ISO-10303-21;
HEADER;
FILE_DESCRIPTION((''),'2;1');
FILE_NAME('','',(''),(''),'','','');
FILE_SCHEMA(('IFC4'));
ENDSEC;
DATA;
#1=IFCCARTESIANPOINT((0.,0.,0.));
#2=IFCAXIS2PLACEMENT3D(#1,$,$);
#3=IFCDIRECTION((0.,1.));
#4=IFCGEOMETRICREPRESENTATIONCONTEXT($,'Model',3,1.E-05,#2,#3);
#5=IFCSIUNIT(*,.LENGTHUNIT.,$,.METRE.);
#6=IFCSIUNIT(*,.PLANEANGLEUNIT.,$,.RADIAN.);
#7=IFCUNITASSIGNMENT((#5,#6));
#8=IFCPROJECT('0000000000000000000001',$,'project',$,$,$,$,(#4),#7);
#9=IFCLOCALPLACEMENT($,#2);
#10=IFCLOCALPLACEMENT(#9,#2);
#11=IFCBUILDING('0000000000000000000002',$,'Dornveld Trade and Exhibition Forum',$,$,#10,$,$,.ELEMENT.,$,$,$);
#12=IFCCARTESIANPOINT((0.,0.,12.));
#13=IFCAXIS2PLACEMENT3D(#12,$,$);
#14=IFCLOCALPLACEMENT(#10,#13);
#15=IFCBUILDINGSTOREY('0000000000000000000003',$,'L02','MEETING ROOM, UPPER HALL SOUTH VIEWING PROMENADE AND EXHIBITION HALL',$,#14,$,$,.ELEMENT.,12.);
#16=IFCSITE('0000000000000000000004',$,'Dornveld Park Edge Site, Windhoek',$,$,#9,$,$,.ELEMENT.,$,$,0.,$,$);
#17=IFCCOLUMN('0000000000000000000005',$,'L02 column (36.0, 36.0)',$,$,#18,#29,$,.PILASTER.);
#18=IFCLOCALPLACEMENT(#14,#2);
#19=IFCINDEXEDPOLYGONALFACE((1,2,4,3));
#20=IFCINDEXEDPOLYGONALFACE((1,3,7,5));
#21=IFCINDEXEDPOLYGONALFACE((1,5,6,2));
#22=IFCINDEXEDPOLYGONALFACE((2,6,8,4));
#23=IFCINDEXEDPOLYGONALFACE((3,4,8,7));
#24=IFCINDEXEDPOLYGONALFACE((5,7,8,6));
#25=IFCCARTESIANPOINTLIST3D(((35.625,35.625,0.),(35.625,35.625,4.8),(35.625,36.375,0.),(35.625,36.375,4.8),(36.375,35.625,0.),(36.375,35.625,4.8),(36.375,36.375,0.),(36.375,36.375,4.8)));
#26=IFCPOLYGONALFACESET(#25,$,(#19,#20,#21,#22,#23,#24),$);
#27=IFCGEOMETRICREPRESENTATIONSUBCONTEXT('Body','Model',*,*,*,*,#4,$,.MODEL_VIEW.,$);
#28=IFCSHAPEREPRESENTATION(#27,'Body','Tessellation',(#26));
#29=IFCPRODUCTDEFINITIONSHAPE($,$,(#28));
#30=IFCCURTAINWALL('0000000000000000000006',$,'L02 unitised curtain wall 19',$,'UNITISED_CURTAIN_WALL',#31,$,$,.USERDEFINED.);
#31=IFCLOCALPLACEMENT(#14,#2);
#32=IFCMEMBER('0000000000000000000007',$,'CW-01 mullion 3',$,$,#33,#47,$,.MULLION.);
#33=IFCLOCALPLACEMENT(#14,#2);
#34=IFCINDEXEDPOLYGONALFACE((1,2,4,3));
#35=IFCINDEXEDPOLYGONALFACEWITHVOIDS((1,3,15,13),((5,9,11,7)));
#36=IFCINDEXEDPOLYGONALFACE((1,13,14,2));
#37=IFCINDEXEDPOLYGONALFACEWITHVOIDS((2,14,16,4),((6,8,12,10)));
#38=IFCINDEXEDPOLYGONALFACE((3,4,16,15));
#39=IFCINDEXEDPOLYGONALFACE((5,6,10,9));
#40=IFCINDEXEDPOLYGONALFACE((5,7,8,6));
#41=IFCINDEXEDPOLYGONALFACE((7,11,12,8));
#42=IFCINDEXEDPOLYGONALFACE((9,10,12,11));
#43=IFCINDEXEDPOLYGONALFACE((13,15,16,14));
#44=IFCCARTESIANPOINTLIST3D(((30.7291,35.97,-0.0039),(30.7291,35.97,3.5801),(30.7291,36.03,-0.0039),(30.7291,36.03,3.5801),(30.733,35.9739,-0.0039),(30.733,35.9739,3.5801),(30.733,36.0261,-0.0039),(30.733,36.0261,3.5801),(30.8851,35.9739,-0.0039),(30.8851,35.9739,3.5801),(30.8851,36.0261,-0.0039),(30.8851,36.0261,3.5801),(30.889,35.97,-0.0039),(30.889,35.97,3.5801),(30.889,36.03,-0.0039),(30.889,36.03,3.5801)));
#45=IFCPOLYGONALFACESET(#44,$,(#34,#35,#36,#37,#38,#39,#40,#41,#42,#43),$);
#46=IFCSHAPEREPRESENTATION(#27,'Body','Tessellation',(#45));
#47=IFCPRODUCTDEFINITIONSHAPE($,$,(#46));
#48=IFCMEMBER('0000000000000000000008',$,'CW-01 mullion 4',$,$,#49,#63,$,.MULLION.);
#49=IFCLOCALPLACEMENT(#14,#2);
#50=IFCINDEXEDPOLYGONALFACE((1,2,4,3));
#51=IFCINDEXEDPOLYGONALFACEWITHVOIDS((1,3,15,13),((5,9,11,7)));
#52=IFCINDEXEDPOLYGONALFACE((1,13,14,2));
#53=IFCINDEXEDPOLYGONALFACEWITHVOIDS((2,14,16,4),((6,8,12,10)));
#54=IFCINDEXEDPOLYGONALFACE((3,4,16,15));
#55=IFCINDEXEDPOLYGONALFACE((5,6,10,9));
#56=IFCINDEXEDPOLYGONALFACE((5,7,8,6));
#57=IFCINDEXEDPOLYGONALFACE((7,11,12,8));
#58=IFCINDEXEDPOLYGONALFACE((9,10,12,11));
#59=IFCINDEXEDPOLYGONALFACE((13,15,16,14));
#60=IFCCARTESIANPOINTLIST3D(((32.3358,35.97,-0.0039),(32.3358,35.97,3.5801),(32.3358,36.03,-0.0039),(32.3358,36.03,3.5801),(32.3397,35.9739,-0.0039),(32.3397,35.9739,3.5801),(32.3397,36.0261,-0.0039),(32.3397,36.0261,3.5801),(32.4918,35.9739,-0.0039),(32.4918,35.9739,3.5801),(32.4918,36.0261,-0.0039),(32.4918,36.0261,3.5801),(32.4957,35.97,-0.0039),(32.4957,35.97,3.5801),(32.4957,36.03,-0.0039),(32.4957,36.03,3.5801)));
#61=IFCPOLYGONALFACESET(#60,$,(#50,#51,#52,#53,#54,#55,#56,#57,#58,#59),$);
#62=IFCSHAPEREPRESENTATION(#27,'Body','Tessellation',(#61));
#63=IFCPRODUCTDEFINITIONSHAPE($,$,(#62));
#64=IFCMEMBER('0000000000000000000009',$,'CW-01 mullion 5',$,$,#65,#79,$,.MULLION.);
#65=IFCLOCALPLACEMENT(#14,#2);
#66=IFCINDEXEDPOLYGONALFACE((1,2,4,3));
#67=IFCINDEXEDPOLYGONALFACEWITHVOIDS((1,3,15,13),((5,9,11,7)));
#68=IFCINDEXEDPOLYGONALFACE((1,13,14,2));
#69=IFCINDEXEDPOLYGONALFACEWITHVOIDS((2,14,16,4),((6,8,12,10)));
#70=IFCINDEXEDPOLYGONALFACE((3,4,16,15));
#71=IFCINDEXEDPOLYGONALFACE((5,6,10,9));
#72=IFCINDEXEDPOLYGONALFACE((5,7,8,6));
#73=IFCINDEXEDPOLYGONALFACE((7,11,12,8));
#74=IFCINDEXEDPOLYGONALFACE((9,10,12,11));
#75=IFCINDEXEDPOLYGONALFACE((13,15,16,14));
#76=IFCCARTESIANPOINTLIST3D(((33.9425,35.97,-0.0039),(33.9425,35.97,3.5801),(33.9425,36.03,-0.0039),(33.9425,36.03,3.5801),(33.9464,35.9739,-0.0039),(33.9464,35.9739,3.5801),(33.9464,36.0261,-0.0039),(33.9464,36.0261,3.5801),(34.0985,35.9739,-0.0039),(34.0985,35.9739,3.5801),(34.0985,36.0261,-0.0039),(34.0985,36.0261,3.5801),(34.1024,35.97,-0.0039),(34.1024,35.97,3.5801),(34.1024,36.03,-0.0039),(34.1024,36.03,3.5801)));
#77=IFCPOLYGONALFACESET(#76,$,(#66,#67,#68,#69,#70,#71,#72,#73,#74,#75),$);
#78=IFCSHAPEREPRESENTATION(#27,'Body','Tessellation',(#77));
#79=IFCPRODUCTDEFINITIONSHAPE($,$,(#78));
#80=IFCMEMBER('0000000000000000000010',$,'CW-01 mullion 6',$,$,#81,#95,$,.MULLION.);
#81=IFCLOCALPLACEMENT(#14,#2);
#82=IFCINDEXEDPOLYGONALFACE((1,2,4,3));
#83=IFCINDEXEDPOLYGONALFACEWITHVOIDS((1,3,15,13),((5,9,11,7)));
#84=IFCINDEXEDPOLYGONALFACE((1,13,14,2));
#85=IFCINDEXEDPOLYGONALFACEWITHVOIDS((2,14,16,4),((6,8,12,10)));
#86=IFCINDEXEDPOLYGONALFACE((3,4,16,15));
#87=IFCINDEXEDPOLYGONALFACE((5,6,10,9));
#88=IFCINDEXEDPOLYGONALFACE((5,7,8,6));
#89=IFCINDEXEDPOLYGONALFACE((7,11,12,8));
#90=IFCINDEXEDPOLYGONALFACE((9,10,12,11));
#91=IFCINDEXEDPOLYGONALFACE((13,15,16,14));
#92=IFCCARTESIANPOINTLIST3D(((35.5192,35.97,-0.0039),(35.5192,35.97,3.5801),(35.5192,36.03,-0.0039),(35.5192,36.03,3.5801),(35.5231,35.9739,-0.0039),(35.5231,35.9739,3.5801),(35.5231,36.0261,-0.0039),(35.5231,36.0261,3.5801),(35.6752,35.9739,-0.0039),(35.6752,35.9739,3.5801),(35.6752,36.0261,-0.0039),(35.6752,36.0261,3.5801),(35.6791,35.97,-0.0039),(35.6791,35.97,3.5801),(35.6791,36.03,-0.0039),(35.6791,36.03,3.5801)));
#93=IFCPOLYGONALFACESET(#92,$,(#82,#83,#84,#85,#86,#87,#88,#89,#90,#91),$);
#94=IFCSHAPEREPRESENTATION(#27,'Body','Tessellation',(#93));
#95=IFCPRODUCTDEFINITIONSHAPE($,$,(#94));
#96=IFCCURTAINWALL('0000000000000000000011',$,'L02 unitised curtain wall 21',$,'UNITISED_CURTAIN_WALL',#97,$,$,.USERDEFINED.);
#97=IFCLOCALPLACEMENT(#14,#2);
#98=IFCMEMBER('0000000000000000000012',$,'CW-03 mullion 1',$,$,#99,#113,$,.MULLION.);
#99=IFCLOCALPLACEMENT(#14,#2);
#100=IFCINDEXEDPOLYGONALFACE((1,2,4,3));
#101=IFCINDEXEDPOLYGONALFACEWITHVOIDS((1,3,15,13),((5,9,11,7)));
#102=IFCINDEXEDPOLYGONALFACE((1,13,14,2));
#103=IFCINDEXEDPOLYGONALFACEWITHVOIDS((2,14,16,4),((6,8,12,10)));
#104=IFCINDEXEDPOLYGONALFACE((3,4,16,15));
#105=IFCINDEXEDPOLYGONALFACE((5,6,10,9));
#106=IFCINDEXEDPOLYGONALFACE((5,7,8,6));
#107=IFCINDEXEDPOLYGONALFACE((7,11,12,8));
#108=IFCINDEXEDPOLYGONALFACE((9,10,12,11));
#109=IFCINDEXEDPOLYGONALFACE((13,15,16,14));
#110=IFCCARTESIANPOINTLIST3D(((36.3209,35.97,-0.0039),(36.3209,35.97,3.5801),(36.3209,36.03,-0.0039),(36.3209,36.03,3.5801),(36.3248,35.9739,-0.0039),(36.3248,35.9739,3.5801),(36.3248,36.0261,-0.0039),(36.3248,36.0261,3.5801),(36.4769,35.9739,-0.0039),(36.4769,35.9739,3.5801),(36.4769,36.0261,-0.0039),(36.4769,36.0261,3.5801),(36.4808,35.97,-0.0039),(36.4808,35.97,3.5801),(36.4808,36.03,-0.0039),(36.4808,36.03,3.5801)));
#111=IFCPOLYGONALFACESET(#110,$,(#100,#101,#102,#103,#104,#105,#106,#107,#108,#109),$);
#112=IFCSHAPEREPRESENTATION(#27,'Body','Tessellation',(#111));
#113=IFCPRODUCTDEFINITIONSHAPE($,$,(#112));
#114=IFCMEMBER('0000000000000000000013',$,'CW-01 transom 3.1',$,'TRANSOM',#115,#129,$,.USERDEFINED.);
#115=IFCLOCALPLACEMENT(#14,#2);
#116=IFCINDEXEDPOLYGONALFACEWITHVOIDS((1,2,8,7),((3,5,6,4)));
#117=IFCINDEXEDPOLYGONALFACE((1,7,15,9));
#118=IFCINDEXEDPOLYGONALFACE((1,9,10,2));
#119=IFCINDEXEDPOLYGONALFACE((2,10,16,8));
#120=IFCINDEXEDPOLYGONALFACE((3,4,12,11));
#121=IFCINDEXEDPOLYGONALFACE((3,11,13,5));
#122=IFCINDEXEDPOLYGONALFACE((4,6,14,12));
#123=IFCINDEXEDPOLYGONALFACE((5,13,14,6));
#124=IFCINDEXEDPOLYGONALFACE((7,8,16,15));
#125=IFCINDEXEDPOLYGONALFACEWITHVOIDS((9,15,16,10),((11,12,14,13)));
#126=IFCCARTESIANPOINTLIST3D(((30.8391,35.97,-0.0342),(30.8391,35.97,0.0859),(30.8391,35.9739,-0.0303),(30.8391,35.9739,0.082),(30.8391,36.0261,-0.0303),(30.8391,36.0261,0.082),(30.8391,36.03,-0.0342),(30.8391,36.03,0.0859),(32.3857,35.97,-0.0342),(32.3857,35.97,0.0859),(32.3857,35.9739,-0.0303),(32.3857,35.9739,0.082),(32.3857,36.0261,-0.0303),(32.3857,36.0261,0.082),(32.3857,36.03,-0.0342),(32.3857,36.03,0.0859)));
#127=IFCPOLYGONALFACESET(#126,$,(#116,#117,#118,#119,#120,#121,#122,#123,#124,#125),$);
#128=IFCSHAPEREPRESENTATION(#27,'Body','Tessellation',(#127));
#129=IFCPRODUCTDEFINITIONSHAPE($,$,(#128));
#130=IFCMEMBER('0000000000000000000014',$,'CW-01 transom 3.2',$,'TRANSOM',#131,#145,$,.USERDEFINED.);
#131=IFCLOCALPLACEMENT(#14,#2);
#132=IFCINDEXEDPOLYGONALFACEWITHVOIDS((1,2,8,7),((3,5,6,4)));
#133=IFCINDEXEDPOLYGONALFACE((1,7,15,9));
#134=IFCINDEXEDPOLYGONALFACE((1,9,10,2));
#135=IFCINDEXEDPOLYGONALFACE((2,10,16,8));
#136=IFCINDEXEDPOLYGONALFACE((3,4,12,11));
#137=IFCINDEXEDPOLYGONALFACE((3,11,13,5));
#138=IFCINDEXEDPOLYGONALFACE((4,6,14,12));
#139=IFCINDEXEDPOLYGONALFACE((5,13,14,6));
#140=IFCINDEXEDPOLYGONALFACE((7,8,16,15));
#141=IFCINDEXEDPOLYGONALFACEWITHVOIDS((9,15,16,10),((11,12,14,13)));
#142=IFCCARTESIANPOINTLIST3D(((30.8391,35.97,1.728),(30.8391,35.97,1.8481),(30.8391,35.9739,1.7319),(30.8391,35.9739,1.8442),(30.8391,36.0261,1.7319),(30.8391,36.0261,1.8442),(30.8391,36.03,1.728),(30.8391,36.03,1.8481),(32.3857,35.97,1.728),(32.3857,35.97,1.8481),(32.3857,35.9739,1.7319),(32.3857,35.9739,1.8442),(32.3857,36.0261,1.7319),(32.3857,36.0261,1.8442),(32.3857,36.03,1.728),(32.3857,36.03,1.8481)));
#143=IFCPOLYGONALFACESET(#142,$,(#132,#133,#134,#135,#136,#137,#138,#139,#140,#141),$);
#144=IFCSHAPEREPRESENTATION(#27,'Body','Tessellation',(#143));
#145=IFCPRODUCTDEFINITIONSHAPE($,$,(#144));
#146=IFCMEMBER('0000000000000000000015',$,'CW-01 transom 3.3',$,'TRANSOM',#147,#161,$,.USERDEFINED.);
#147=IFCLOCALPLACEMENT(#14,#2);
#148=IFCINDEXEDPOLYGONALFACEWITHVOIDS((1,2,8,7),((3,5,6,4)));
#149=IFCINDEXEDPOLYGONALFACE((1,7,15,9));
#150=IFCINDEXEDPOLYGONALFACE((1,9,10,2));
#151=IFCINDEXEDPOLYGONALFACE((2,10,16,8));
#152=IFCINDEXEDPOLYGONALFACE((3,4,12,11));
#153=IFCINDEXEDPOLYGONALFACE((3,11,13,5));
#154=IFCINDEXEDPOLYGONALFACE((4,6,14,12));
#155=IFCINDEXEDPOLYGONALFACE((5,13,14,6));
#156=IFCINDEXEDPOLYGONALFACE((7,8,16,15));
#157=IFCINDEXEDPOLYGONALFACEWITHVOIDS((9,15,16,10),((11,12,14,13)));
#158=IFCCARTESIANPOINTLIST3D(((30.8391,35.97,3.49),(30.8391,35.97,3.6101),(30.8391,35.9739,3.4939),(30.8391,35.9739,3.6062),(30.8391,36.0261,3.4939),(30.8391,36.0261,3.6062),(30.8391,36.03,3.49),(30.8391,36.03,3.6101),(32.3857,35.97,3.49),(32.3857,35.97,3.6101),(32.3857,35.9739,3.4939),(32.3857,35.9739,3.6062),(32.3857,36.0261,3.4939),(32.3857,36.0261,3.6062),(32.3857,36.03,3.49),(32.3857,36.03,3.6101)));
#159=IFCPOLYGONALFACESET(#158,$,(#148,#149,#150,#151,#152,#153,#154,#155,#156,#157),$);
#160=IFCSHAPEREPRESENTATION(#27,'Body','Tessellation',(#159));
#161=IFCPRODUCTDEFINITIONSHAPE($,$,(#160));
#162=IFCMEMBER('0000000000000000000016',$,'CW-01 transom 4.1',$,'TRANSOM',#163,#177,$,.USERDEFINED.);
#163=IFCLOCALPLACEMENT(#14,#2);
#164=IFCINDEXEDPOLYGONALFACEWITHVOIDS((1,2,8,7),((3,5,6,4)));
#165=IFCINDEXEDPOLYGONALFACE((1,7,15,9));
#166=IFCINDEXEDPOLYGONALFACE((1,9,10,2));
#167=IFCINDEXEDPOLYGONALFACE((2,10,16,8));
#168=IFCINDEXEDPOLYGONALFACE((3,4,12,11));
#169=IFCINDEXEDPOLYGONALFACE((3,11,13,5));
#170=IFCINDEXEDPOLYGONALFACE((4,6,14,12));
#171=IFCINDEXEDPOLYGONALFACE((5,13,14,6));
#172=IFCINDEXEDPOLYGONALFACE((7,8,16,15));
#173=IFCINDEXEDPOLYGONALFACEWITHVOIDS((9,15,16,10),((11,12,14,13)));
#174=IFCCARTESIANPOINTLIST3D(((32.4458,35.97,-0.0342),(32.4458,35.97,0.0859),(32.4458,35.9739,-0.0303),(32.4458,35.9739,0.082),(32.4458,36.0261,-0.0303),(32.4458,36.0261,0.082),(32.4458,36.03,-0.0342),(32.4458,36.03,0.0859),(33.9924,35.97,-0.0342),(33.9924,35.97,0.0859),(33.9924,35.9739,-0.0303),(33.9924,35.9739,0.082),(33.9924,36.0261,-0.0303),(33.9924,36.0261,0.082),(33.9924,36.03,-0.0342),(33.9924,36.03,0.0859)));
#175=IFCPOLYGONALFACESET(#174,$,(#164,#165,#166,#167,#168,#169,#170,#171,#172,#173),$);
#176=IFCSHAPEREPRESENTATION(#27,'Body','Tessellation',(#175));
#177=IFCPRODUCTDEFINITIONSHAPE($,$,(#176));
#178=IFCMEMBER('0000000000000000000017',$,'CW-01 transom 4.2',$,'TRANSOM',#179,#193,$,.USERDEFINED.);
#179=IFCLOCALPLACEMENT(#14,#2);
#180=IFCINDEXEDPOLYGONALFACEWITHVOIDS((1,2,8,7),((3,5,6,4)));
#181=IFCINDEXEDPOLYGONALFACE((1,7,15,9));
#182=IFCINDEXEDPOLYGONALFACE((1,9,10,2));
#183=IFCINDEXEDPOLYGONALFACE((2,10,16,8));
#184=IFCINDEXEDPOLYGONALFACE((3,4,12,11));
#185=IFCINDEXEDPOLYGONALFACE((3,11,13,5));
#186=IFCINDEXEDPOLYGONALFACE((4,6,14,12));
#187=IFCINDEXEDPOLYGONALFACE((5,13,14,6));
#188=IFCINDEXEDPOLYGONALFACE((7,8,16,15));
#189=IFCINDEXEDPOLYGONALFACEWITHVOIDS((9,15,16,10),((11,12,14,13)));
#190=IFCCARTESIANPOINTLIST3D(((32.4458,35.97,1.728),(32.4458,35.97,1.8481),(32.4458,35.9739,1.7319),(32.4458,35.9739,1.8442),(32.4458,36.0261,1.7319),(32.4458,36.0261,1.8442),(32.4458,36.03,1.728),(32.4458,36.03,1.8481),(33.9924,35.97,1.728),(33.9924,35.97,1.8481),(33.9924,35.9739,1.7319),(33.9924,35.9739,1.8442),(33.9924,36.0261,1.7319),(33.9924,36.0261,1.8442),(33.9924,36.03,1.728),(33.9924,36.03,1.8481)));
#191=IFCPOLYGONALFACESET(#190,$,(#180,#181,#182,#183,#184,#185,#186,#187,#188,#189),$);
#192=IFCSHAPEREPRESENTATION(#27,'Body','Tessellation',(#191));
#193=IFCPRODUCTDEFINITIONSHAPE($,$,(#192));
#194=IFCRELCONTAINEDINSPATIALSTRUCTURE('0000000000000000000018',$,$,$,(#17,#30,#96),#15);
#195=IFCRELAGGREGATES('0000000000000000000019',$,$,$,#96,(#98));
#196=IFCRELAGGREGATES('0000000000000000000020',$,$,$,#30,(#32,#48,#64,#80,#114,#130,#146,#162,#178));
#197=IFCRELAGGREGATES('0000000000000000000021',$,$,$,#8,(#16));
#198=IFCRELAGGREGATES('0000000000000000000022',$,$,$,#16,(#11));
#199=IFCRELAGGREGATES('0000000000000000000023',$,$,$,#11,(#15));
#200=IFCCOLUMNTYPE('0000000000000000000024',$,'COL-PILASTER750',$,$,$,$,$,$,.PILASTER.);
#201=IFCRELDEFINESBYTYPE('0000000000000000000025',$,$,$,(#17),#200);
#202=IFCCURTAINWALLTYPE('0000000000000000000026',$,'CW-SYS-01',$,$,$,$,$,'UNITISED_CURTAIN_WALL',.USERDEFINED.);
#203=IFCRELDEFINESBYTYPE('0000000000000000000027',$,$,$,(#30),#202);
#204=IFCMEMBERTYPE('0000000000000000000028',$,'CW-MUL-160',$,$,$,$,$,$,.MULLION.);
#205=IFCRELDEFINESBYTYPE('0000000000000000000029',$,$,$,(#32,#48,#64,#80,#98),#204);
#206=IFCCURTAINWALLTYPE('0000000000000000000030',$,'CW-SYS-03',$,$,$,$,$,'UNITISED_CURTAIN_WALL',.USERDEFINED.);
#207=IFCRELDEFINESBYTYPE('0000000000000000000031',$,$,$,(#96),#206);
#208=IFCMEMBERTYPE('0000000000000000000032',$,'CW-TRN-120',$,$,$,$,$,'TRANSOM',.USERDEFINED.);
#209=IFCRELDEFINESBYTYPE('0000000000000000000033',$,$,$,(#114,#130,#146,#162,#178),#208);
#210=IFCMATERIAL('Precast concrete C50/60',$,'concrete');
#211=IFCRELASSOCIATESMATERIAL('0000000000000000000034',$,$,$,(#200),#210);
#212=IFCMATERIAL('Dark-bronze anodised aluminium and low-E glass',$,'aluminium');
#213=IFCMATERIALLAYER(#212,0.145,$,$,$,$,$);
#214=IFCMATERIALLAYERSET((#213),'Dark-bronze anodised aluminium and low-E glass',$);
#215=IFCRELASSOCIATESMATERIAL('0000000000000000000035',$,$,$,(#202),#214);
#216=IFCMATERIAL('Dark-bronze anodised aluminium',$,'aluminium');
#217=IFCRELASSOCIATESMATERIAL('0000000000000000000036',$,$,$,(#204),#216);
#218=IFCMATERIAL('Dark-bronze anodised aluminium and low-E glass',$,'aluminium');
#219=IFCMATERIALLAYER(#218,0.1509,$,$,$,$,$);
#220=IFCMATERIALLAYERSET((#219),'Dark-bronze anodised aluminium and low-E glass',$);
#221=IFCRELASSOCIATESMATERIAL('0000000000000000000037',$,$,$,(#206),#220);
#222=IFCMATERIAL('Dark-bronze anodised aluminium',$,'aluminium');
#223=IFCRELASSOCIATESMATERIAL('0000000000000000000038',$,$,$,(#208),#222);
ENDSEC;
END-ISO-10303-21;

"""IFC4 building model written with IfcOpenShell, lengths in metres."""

from ifc_helpers import new_model, si_unit, direction, frame, origin, origin_2d, place, context, subcontext, project, spatial, rectangle, hollow_rectangle, extrude, material, layer, layer_set, material_profile, profile_set, type_object, element, aggregate, save


model = new_model("IFC4")

# Units and contexts
model_context = context("Model", 3, precision=1e-05, world=origin(), true_north=direction((0.0, 1.0)))
body_context = subcontext(model_context, "Body", "Model", "MODEL_VIEW")
ifc_project = project(units=[si_unit("LENGTHUNIT", "METRE"), si_unit("PLANEANGLEUNIT", "RADIAN")], contexts=[model_context])

# Site, building, storey
site_placement = place(None, origin())
site = spatial("IfcSite", under=ifc_project, at=site_placement, Name="Dornveld Park Edge Site, Windhoek", CompositionType="ELEMENT", RefElevation=0.0)
building_placement = place(site_placement, origin())
building = spatial("IfcBuilding", under=site, at=building_placement, Name="Dornveld Trade and Exhibition Forum", CompositionType="ELEMENT")
storey_placement = place(building_placement, frame((0.0, 0.0, 12.0)))
storey = spatial("IfcBuildingStorey", under=building, at=storey_placement, Name="L02", Description="MEETING ROOM, UPPER HALL SOUTH VIEWING PROMENADE AND EXHIBITION HALL", CompositionType="ELEMENT", Elevation=12.0)

# Column
ifc_material_1 = material(Name="Precast concrete C50/60", Category="concrete")
ifc_material_profile_1 = material_profile(ifc_material_1, rectangle(XDim=0.75, YDim=0.75, at=origin_2d()), Name="PC-COL 750x750")
ifc_profile_set_1 = profile_set([ifc_material_profile_1], Name="Precast concrete C50/60")
column_type = type_object("IfcColumnType", Name="COL-PILASTER750", PredefinedType="PILASTER", material=ifc_profile_set_1)
column_placement = place(storey_placement, frame((36.0, 36.0, 0.0), z_axis=(0.0, 0.0, 1.0), x_axis=(1.0, 0.0, 0.0)))
element("IfcColumn", 1, at=column_placement, inside=storey, type_object=column_type, Name="L02 column (36.0, 36.0)", PredefinedType="PILASTER", context=body_context, shape_type="SweptSolid", body=[
    extrude(rectangle(XDim=0.75, YDim=0.75, at=origin_2d()), origin(), (0.0, 0.0, 1.0), 4.8),
])

# Curtain wall, members
ifc_material_2 = material(Name="Dark-bronze anodised aluminium and low-E glass", Category="aluminium")
ifc_layer_1 = layer(ifc_material_2, 0.145)
ifc_layer_set_1 = layer_set([ifc_layer_1], Name="Dark-bronze anodised aluminium and low-E glass")
curtain_wall_type_1 = type_object("IfcCurtainWallType", Name="CW-SYS-01", ElementType="UNITISED_CURTAIN_WALL", PredefinedType="USERDEFINED", material=ifc_layer_set_1)
curtain_wall_1_placement = place(storey_placement, origin())
curtain_wall_1 = element("IfcCurtainWall", 2, at=curtain_wall_1_placement, inside=storey, type_object=curtain_wall_type_1, Name="L02 unitised curtain wall 19", ObjectType="UNITISED_CURTAIN_WALL", PredefinedType="USERDEFINED")
ifc_material_3 = material(Name="Dark-bronze anodised aluminium", Category="aluminium")
ifc_material_profile_2 = material_profile(ifc_material_3, hollow_rectangle(XDim=0.0601, YDim=0.1599, WallThickness=0.0039, at=origin_2d()), Name="RHS 160x60x4")
ifc_profile_set_2 = profile_set([ifc_material_profile_2], Name="Dark-bronze anodised aluminium")
member_type_1 = type_object("IfcMemberType", Name="CW-MUL-160", PredefinedType="MULLION", material=ifc_profile_set_2)
member_1_placement = place(storey_placement, frame((30.8091, 36.0, -0.0039), z_axis=(0.0, 0.0, 1.0), x_axis=(0.0, 1.0, 0.0)))
member_1 = element("IfcMember", 3, at=member_1_placement, type_object=member_type_1, Name="CW-01 mullion 3", PredefinedType="MULLION", context=body_context, shape_type="SweptSolid", body=[
    extrude(hollow_rectangle(XDim=0.0601, YDim=0.1599, WallThickness=0.0039, at=origin_2d()), origin(), (0.0, 0.0, 1.0), 3.584),
])
member_2_placement = place(storey_placement, frame((32.4158, 36.0, -0.0039), z_axis=(0.0, 0.0, 1.0), x_axis=(0.0, 1.0, 0.0)))
member_2 = element("IfcMember", 4, at=member_2_placement, type_object=member_type_1, Name="CW-01 mullion 4", PredefinedType="MULLION", context=body_context, shape_type="SweptSolid", body=[
    extrude(hollow_rectangle(XDim=0.0601, YDim=0.1599, WallThickness=0.0039, at=origin_2d()), origin(), (0.0, 0.0, 1.0), 3.584),
])
member_3_placement = place(storey_placement, frame((34.0225, 36.0, -0.0039), z_axis=(0.0, 0.0, 1.0), x_axis=(0.0, 1.0, 0.0)))
member_3 = element("IfcMember", 5, at=member_3_placement, type_object=member_type_1, Name="CW-01 mullion 5", PredefinedType="MULLION", context=body_context, shape_type="SweptSolid", body=[
    extrude(hollow_rectangle(XDim=0.0601, YDim=0.1599, WallThickness=0.0039, at=origin_2d()), origin(), (0.0, 0.0, 1.0), 3.584),
])
member_4_placement = place(storey_placement, frame((35.5991, 36.0, -0.0039), z_axis=(0.0, 0.0, 1.0), x_axis=(0.0, 1.0, 0.0)))
member_4 = element("IfcMember", 6, at=member_4_placement, type_object=member_type_1, Name="CW-01 mullion 6", PredefinedType="MULLION", context=body_context, shape_type="SweptSolid", body=[
    extrude(hollow_rectangle(XDim=0.0601, YDim=0.1599, WallThickness=0.0039, at=origin_2d()), origin(), (0.0, 0.0, 1.0), 3.584),
])

# Curtain wall, member
ifc_material_4 = material(Name="Dark-bronze anodised aluminium and low-E glass", Category="aluminium")
ifc_layer_2 = layer(ifc_material_4, 0.1509)
ifc_layer_set_2 = layer_set([ifc_layer_2], Name="Dark-bronze anodised aluminium and low-E glass")
curtain_wall_type_2 = type_object("IfcCurtainWallType", Name="CW-SYS-03", ElementType="UNITISED_CURTAIN_WALL", PredefinedType="USERDEFINED", material=ifc_layer_set_2)
curtain_wall_2_placement = place(storey_placement, origin())
curtain_wall_2 = element("IfcCurtainWall", 7, at=curtain_wall_2_placement, inside=storey, type_object=curtain_wall_type_2, Name="L02 unitised curtain wall 21", ObjectType="UNITISED_CURTAIN_WALL", PredefinedType="USERDEFINED")
member_5_placement = place(storey_placement, frame((36.4009, 36.0, -0.0039), z_axis=(0.0, 0.0, 1.0), x_axis=(0.0, 1.0, 0.0)))
member_5 = element("IfcMember", 8, at=member_5_placement, type_object=member_type_1, Name="CW-03 mullion 1", PredefinedType="MULLION", context=body_context, shape_type="SweptSolid", body=[
    extrude(hollow_rectangle(XDim=0.0601, YDim=0.1599, WallThickness=0.0039, at=origin_2d()), origin(), (0.0, 0.0, 1.0), 3.584),
])

# Members
ifc_material_5 = material(Name="Dark-bronze anodised aluminium", Category="aluminium")
ifc_material_profile_3 = material_profile(ifc_material_5, hollow_rectangle(XDim=0.0601, YDim=0.1201, WallThickness=0.0039, at=origin_2d()), Name="RHS 120x60x4")
ifc_profile_set_3 = profile_set([ifc_material_profile_3], Name="Dark-bronze anodised aluminium")
member_type_2 = type_object("IfcMemberType", Name="CW-TRN-120", ElementType="TRANSOM", PredefinedType="USERDEFINED", material=ifc_profile_set_3)
member_6_placement = place(storey_placement, frame((30.8391, 36.0, 0.0259), z_axis=(1.0, 0.0, 0.0), x_axis=(0.0, 1.0, 0.0)))
member_6 = element("IfcMember", 9, at=member_6_placement, type_object=member_type_2, Name="CW-01 transom 3.1", ObjectType="TRANSOM", PredefinedType="USERDEFINED", context=body_context, shape_type="SweptSolid", body=[
    extrude(hollow_rectangle(XDim=0.0601, YDim=0.1201, WallThickness=0.0039, at=origin_2d()), origin(), (0.0, 0.0, 1.0), 1.5466),
])
member_7_placement = place(storey_placement, frame((30.8391, 36.0, 1.7881), z_axis=(1.0, 0.0, 0.0), x_axis=(0.0, 1.0, 0.0)))
member_7 = element("IfcMember", 10, at=member_7_placement, type_object=member_type_2, Name="CW-01 transom 3.2", ObjectType="TRANSOM", PredefinedType="USERDEFINED", context=body_context, shape_type="SweptSolid", body=[
    extrude(hollow_rectangle(XDim=0.0601, YDim=0.1201, WallThickness=0.0039, at=origin_2d()), origin(), (0.0, 0.0, 1.0), 1.5466),
])
member_8_placement = place(storey_placement, frame((30.8391, 36.0, 3.55), z_axis=(1.0, 0.0, 0.0), x_axis=(0.0, 1.0, 0.0)))
member_8 = element("IfcMember", 11, at=member_8_placement, type_object=member_type_2, Name="CW-01 transom 3.3", ObjectType="TRANSOM", PredefinedType="USERDEFINED", context=body_context, shape_type="SweptSolid", body=[
    extrude(hollow_rectangle(XDim=0.0601, YDim=0.1201, WallThickness=0.0039, at=origin_2d()), origin(), (0.0, 0.0, 1.0), 1.5466),
])
member_9_placement = place(storey_placement, frame((32.4458, 36.0, 0.0259), z_axis=(1.0, 0.0, 0.0), x_axis=(0.0, 1.0, 0.0)))
member_9 = element("IfcMember", 12, at=member_9_placement, type_object=member_type_2, Name="CW-01 transom 4.1", ObjectType="TRANSOM", PredefinedType="USERDEFINED", context=body_context, shape_type="SweptSolid", body=[
    extrude(hollow_rectangle(XDim=0.0601, YDim=0.1201, WallThickness=0.0039, at=origin_2d()), origin(), (0.0, 0.0, 1.0), 1.5466),
])
member_10_placement = place(storey_placement, frame((32.4458, 36.0, 1.7881), z_axis=(1.0, 0.0, 0.0), x_axis=(0.0, 1.0, 0.0)))
member_10 = element("IfcMember", 13, at=member_10_placement, type_object=member_type_2, Name="CW-01 transom 4.2", ObjectType="TRANSOM", PredefinedType="USERDEFINED", context=body_context, shape_type="SweptSolid", body=[
    extrude(hollow_rectangle(XDim=0.0601, YDim=0.1201, WallThickness=0.0039, at=origin_2d()), origin(), (0.0, 0.0, 1.0), 1.5466),
])
aggregate(curtain_wall_2, [member_5])

aggregate(curtain_wall_1, [member_1, member_2, member_3, member_4, member_6, member_7, member_8, member_9, member_10])

save(model, "model.ifc")
